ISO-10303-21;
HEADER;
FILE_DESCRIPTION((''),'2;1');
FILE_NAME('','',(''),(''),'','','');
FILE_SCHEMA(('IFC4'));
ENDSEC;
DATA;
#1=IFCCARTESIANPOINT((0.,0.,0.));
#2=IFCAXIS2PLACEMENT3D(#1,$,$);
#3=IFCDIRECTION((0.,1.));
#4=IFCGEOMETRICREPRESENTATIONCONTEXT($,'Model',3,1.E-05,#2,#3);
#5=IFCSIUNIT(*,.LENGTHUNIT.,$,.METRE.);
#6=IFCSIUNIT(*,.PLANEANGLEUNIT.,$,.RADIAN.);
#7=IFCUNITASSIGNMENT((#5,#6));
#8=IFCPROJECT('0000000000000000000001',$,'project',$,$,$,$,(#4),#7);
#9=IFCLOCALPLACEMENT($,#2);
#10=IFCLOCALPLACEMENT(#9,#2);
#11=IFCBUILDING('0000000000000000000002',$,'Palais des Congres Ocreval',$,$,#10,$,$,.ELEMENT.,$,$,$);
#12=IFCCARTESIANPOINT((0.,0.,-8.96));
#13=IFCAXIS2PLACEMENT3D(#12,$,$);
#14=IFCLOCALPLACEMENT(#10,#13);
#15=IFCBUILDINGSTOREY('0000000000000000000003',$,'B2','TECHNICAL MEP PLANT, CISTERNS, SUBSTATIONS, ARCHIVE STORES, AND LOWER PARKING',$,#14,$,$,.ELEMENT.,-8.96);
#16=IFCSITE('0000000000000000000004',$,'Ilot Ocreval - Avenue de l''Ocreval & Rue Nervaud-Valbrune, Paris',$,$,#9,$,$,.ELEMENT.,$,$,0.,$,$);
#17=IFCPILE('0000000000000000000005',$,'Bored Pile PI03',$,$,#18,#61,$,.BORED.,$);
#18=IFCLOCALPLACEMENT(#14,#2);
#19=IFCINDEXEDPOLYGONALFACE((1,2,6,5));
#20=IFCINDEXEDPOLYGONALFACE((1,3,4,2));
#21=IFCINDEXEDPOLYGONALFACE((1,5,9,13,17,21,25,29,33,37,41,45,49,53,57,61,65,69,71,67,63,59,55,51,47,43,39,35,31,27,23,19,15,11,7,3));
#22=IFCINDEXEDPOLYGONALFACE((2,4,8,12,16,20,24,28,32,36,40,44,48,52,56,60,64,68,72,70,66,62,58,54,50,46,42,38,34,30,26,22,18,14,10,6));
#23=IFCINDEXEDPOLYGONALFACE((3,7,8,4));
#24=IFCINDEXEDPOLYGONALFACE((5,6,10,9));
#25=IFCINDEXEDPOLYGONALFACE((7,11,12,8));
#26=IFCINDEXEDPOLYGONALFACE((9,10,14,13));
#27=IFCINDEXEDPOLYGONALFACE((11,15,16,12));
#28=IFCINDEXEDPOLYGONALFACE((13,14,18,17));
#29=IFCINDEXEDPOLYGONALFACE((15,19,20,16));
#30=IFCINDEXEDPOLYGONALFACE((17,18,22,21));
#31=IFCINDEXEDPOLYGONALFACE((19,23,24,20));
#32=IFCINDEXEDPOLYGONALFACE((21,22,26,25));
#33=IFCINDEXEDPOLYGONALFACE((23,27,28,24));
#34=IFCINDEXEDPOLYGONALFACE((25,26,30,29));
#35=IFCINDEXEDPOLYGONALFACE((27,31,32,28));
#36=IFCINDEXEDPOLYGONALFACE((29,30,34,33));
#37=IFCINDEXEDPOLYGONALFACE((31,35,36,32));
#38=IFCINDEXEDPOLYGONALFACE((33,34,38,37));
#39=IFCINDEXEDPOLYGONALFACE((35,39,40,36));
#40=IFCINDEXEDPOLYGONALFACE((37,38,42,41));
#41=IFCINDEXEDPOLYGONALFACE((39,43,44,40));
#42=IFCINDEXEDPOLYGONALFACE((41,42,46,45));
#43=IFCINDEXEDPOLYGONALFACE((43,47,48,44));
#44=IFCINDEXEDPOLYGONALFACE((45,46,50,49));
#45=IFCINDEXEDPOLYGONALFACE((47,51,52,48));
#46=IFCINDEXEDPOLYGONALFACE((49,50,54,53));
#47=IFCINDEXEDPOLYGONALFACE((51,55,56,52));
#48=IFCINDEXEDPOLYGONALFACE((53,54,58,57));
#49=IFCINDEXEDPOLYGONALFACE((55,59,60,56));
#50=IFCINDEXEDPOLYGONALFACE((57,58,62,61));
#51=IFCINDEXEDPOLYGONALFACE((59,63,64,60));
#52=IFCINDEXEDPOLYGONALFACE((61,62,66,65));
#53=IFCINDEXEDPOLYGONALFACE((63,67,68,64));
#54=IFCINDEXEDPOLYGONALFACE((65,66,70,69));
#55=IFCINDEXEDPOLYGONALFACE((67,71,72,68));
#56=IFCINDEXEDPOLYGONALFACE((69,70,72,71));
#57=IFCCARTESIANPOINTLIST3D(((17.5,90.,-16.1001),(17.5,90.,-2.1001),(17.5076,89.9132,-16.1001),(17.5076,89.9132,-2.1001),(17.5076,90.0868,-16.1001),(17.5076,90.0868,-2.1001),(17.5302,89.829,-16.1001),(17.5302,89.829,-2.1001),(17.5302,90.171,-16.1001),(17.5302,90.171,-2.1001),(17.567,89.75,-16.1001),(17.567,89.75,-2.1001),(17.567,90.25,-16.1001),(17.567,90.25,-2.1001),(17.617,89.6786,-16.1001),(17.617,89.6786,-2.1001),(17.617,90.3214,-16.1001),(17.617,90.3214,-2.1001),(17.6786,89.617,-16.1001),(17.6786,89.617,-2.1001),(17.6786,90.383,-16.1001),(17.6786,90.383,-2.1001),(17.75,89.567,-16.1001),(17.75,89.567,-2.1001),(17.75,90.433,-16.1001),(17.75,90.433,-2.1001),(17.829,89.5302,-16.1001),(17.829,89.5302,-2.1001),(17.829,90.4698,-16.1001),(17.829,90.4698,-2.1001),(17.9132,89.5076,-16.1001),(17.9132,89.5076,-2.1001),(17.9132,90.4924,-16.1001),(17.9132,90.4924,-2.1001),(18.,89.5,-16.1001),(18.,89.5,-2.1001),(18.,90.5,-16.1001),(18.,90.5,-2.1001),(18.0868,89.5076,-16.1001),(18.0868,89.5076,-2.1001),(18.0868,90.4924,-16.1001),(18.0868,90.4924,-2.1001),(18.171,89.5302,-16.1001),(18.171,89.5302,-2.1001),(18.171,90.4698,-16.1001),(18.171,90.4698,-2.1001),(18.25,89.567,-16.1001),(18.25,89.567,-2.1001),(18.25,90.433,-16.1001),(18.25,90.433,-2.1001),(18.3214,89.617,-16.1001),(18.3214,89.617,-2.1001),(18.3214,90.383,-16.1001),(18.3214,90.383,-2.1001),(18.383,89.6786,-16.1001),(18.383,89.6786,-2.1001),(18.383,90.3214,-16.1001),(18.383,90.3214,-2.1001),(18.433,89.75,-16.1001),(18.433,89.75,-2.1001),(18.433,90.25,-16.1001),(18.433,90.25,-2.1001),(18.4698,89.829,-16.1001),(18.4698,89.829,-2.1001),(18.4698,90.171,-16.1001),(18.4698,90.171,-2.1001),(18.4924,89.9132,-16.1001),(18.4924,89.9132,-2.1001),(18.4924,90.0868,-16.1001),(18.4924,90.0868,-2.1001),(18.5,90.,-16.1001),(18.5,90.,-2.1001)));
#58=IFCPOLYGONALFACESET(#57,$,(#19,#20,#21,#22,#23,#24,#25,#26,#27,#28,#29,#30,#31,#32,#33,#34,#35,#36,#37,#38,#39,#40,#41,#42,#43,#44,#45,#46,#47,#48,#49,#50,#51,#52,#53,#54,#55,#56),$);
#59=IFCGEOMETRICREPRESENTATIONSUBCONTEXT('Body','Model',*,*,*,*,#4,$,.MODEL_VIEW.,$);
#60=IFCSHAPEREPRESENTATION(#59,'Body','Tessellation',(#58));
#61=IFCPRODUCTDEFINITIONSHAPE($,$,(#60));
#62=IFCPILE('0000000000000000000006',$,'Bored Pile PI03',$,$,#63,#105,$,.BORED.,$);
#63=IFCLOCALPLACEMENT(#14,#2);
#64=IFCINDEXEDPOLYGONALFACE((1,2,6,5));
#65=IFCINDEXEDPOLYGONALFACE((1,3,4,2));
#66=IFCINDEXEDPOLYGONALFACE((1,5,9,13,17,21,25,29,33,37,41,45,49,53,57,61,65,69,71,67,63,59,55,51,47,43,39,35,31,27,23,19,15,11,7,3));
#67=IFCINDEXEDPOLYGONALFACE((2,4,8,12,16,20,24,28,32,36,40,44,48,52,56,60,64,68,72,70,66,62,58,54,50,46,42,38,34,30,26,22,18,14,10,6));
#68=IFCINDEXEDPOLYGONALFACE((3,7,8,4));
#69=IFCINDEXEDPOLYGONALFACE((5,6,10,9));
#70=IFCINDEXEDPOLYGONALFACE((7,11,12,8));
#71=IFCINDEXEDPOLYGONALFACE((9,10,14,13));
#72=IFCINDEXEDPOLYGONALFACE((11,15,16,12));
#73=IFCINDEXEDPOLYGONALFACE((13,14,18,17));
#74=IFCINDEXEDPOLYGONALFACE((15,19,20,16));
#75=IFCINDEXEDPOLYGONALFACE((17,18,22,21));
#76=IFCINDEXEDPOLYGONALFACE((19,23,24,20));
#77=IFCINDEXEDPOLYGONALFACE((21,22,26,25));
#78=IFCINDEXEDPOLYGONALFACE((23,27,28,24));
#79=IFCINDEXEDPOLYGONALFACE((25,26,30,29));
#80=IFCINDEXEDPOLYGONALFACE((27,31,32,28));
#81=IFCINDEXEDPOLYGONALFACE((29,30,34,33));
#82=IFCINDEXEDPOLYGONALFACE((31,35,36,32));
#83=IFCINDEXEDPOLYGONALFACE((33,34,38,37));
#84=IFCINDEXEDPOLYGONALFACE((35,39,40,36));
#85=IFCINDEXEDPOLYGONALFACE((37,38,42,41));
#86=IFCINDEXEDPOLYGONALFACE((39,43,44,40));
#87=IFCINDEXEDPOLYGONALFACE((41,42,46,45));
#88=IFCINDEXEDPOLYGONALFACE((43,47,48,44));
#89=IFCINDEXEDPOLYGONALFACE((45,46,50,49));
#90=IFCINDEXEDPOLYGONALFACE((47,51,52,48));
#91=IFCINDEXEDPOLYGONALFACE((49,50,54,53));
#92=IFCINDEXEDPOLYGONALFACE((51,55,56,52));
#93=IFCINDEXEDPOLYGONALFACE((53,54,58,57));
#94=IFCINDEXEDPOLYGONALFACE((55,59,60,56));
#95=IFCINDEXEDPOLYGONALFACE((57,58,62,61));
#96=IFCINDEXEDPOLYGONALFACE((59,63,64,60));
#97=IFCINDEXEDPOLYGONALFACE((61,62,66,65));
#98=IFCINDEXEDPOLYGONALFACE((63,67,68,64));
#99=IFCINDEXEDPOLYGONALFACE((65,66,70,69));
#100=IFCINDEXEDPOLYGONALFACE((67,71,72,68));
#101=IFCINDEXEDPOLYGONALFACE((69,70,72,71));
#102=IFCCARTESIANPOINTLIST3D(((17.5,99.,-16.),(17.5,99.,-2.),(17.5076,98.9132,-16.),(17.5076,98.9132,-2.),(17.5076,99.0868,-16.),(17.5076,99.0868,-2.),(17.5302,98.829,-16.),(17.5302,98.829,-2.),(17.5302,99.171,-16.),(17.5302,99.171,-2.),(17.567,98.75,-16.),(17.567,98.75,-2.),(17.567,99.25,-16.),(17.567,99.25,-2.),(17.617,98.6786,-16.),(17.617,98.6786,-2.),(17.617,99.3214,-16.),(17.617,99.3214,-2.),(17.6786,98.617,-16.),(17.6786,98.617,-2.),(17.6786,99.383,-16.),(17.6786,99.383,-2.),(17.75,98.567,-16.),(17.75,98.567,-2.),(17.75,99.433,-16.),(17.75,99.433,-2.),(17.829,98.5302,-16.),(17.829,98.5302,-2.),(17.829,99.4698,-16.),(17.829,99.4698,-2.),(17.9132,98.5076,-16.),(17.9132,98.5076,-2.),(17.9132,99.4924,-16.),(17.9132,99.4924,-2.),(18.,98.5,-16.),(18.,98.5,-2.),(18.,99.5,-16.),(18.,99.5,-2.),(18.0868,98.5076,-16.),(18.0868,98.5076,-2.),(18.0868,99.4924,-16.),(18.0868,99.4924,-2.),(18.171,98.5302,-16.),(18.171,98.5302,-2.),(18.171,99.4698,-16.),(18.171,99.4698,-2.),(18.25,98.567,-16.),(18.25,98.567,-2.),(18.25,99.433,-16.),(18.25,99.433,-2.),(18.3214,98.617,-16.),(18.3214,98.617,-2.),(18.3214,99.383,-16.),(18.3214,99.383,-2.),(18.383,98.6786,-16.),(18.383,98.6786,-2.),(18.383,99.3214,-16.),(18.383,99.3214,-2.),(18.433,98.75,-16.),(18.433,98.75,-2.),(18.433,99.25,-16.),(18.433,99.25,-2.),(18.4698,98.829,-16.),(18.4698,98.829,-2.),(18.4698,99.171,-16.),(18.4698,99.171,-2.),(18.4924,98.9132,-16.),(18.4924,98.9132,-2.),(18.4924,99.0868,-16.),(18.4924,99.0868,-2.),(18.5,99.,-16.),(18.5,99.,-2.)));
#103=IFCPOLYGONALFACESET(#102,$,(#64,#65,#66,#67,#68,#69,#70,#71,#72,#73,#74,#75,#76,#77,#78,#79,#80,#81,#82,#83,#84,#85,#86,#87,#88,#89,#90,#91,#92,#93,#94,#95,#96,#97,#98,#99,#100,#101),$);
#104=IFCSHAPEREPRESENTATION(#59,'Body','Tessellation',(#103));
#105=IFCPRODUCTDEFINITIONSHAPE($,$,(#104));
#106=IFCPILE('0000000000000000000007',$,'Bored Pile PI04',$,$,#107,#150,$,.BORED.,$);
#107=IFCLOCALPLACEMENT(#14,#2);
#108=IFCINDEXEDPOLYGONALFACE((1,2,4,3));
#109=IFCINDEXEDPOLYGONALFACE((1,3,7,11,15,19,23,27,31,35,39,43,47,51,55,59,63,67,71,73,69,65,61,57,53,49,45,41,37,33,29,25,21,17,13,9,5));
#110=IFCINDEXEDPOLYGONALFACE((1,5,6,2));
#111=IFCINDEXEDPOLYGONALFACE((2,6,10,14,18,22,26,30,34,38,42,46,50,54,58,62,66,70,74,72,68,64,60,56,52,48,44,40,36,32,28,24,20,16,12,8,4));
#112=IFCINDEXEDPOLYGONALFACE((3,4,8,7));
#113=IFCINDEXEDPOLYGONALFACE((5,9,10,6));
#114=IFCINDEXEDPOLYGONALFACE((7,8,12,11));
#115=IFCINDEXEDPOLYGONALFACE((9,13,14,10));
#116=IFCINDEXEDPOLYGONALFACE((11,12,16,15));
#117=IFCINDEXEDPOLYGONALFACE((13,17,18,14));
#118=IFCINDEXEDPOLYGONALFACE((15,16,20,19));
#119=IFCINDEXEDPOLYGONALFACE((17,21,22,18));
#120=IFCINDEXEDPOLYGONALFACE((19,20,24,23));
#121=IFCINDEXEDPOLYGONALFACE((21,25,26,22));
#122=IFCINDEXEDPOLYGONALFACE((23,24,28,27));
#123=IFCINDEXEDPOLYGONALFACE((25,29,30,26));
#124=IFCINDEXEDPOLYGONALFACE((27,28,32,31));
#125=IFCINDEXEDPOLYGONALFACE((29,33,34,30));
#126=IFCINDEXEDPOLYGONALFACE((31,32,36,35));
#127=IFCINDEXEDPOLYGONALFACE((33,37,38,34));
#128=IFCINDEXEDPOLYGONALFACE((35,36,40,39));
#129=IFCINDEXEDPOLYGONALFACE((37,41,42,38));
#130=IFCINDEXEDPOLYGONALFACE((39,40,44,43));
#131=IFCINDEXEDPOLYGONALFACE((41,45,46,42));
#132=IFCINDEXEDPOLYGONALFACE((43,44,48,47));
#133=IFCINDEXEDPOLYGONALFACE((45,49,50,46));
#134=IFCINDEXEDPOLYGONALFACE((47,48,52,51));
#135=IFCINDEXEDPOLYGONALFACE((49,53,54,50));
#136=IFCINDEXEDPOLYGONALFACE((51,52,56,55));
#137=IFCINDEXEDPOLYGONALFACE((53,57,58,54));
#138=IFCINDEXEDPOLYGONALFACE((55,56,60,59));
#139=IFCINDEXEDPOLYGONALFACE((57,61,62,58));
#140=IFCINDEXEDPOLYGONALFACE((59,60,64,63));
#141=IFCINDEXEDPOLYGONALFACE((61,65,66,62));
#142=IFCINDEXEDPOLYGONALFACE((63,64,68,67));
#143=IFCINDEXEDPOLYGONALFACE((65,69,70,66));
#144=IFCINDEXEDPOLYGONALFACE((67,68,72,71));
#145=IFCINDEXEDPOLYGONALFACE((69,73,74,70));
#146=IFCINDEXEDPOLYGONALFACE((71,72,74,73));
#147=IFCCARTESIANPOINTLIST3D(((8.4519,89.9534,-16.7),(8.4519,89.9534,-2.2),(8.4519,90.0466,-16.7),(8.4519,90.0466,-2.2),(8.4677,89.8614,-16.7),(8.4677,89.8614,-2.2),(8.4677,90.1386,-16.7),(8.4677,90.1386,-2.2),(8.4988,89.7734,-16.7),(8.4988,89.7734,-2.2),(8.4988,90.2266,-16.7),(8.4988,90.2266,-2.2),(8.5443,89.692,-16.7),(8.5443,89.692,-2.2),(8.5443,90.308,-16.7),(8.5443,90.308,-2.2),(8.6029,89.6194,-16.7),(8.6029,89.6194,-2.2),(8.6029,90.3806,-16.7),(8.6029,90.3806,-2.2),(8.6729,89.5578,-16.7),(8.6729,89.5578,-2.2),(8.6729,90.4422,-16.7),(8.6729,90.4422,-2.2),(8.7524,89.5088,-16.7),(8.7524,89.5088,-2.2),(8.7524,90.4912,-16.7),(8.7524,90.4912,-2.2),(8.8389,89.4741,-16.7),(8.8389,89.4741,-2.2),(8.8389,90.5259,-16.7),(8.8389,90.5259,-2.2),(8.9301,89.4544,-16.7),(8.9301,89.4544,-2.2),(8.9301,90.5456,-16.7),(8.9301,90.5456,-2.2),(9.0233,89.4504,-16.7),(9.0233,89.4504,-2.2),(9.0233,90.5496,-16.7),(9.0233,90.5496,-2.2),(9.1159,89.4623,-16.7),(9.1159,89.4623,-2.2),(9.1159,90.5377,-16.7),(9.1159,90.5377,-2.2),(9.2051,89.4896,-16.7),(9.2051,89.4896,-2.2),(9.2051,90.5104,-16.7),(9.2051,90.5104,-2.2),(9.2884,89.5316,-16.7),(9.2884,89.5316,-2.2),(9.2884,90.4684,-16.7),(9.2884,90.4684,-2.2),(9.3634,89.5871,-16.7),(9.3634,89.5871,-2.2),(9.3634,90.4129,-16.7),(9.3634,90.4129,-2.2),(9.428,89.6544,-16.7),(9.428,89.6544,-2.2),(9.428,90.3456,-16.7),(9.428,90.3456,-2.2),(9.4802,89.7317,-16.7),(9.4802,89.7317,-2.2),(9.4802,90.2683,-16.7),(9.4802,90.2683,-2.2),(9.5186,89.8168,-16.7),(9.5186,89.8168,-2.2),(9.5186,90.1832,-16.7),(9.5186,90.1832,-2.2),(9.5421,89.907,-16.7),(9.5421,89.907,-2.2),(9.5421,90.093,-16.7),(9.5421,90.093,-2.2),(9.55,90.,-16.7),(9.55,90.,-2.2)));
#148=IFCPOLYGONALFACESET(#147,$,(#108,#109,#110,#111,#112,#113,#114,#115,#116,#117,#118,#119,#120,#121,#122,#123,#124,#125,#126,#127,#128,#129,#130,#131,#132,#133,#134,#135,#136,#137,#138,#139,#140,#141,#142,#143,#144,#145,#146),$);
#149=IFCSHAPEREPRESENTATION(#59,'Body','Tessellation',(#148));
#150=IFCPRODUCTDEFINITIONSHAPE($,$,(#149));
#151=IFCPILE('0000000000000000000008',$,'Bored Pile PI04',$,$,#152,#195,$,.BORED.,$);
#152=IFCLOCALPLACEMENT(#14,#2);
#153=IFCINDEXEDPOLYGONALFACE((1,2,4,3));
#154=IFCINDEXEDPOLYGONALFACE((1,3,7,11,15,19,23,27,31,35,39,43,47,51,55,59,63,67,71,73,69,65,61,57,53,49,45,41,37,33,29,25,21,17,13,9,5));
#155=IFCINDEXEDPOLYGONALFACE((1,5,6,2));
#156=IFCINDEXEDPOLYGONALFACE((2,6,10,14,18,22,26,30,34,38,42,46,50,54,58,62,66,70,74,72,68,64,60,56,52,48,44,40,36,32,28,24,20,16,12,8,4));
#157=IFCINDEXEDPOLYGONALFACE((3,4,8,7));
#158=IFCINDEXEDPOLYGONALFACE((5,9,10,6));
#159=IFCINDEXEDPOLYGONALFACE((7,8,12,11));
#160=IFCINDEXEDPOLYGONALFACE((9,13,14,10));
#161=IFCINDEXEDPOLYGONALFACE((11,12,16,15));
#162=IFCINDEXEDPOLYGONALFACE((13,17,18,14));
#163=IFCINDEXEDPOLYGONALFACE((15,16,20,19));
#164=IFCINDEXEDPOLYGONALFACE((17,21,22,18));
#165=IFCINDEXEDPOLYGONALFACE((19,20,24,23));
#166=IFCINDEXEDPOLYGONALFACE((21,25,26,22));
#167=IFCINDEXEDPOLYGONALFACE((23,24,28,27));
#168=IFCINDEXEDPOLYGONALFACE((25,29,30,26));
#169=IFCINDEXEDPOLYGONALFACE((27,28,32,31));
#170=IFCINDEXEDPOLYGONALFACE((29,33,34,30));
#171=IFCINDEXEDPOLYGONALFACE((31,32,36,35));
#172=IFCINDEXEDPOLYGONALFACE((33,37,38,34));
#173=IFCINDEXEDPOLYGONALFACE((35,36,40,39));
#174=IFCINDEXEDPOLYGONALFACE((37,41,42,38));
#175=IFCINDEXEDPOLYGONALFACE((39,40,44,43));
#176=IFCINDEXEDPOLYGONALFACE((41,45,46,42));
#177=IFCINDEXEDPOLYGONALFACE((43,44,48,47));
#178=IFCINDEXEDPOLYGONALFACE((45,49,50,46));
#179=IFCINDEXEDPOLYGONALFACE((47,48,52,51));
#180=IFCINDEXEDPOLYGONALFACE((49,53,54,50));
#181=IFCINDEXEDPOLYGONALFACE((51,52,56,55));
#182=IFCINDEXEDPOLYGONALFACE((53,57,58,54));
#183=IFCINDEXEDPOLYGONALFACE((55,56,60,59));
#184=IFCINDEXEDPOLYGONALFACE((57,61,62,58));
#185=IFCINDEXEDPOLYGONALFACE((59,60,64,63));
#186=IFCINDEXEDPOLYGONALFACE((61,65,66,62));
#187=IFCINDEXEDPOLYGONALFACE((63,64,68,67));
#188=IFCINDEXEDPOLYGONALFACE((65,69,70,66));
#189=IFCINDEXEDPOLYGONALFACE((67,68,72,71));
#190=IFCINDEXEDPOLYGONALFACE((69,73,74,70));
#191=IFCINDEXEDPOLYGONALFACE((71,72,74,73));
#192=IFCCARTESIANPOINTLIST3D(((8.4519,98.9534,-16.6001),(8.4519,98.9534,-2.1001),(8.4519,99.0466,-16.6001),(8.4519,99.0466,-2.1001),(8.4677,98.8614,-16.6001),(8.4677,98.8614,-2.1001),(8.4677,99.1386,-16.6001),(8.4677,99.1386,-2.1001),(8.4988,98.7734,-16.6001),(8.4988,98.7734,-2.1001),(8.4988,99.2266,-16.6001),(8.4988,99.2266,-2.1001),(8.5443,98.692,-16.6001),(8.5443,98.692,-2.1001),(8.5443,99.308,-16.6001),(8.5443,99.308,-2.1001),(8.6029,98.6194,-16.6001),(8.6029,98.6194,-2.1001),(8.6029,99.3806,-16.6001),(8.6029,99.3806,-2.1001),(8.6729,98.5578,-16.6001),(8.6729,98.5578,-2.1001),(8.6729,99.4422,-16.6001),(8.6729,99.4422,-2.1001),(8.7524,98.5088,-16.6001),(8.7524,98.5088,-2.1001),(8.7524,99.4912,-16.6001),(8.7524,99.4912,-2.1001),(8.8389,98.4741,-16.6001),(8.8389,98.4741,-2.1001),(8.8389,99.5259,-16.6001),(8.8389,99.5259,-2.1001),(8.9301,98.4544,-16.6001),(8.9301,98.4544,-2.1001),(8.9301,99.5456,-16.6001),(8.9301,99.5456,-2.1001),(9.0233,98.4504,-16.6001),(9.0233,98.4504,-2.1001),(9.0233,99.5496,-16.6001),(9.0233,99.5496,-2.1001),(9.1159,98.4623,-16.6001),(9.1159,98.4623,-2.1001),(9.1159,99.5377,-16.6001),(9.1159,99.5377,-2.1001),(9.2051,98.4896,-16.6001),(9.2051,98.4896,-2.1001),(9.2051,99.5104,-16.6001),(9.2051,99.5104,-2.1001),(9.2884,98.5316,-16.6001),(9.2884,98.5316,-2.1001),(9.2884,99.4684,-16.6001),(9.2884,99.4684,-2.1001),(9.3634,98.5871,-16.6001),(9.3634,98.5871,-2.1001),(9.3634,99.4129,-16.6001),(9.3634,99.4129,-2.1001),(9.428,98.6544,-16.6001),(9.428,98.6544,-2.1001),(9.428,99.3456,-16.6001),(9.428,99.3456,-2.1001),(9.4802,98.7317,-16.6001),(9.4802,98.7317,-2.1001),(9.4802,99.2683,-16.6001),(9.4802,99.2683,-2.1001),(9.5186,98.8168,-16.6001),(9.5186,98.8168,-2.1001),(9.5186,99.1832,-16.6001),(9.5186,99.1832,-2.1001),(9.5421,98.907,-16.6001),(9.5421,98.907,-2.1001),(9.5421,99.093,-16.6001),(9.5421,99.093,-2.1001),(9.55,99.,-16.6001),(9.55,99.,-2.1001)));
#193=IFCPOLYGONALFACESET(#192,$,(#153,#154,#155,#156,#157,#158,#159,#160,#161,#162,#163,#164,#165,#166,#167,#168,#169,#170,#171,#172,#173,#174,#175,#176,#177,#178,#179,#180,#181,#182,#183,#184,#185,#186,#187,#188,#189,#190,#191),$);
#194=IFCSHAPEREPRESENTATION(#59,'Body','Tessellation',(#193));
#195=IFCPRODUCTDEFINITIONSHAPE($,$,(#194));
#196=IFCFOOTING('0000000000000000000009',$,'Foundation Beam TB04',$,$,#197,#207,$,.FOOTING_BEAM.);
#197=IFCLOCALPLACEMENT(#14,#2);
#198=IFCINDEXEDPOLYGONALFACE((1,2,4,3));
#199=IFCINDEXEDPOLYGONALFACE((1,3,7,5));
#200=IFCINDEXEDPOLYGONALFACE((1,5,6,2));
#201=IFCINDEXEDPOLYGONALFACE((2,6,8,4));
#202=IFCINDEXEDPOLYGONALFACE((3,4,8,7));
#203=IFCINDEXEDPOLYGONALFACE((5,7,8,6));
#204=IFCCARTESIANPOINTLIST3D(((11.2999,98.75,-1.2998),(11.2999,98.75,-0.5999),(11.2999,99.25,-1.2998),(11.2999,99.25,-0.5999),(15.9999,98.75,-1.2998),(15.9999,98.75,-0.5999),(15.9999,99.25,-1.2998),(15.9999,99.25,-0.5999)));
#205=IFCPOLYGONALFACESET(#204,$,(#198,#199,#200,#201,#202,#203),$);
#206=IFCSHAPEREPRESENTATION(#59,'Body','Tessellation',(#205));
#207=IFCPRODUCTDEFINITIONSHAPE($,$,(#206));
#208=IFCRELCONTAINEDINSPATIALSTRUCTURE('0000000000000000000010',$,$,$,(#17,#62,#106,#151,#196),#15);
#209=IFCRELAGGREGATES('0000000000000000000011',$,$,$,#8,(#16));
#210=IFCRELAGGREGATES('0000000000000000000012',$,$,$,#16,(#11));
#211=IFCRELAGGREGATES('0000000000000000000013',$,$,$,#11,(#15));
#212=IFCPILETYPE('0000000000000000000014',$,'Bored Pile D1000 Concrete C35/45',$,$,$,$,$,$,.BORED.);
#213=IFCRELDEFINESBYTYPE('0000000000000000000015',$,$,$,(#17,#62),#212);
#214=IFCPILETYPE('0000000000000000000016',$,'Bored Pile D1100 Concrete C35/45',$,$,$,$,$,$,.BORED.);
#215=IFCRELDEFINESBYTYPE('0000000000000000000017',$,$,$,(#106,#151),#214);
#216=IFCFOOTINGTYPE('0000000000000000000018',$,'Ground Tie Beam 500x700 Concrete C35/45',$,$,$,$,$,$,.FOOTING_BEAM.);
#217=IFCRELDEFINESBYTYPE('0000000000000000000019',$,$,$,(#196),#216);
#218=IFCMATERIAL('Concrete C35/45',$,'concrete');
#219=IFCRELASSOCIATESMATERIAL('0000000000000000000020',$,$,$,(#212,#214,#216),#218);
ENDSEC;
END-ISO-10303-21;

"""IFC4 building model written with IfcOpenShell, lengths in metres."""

from ifc_helpers import new_model, si_unit, direction, frame, origin, origin_2d, place, context, subcontext, project, spatial, rectangle, circle, extrude, material, material_profile, profile_set, type_object, element, save


model = new_model("IFC4")

# Units and contexts
model_context = context("Model", 3, precision=1e-05, world=origin(), true_north=direction((0.0, 1.0)))
body_context = subcontext(model_context, "Body", "Model", "MODEL_VIEW")
ifc_project = project(units=[si_unit("LENGTHUNIT", "METRE"), si_unit("PLANEANGLEUNIT", "RADIAN")], contexts=[model_context])

# Site, building, storey
site_placement = place(None, origin())
site = spatial("IfcSite", under=ifc_project, at=site_placement, Name="Ilot Ocreval - Avenue de l'Ocreval & Rue Nervaud-Valbrune, Paris", CompositionType="ELEMENT", RefElevation=0.0)
building_placement = place(site_placement, origin())
building = spatial("IfcBuilding", under=site, at=building_placement, Name="Palais des Congres Ocreval", CompositionType="ELEMENT")
storey_placement = place(building_placement, frame((0.0, 0.0, -8.96)))
storey = spatial("IfcBuildingStorey", under=building, at=storey_placement, Name="B2", Description="TECHNICAL MEP PLANT, CISTERNS, SUBSTATIONS, ARCHIVE STORES, AND LOWER PARKING", CompositionType="ELEMENT", Elevation=-8.96)

# Piles
ifc_material_1 = material(Name="Concrete C35/45", Category="concrete")
ifc_material_profile_1 = material_profile(ifc_material_1, circle(Radius=0.5, at=origin_2d()), Name="BORED PILE 1000")
ifc_profile_set_1 = profile_set([ifc_material_profile_1], Name="Concrete C35/45")
pile_type_1 = type_object("IfcPileType", Name="Bored Pile D1000 Concrete C35/45", PredefinedType="BORED", material=ifc_profile_set_1)
for number, where, z_axis, x_axis, name in (
    (1, (18.0, 90.0, -2.1001), (0.0, 0.0, -1.0), (1.0, 0.0, 0.0), "Bored Pile PI03"),
    (2, (18.0, 99.0, -2.0), (0.0, 0.0, -1.0), (1.0, 0.0, 0.0), "Bored Pile PI03"),
):
    element("IfcPile", number, at=place(storey_placement, frame(where, z_axis=z_axis, x_axis=x_axis)), inside=storey, type_object=pile_type_1, Name=name, PredefinedType="BORED", context=body_context, shape_type="SweptSolid", body=[
        extrude(circle(Radius=0.5, at=origin_2d()), origin(), (0.0, 0.0, 1.0), 14.0),
    ])
ifc_material_profile_2 = material_profile(ifc_material_1, circle(Radius=0.55, at=origin_2d()), Name="BORED PILE 1100")
ifc_profile_set_2 = profile_set([ifc_material_profile_2], Name="Concrete C35/45")
pile_type_2 = type_object("IfcPileType", Name="Bored Pile D1100 Concrete C35/45", PredefinedType="BORED", material=ifc_profile_set_2)
for number, where, z_axis, x_axis, name in (
    (3, (9.0, 90.0, -2.2), (0.0, 0.0, -1.0), (1.0, 0.0, 0.0), "Bored Pile PI04"),
    (4, (9.0, 99.0, -2.1001), (0.0, 0.0, -1.0), (1.0, 0.0, 0.0), "Bored Pile PI04"),
):
    element("IfcPile", number, at=place(storey_placement, frame(where, z_axis=z_axis, x_axis=x_axis)), inside=storey, type_object=pile_type_2, Name=name, PredefinedType="BORED", context=body_context, shape_type="SweptSolid", body=[
        extrude(circle(Radius=0.55, at=origin_2d()), origin(), (0.0, 0.0, 1.0), 14.5),
    ])

# Footing
footing_type_1 = type_object("IfcFootingType", Name="Ground Tie Beam 500x700 Concrete C35/45", PredefinedType="FOOTING_BEAM", material=ifc_material_1)
footing_1_placement = place(storey_placement, frame((13.6499, 99.0, -1.2998), z_axis=(0.0, 0.0, 1.0), x_axis=(1.0, 0.0, 0.0)))
element("IfcFooting", 5, at=footing_1_placement, inside=storey, type_object=footing_type_1, Name="Foundation Beam TB04", PredefinedType="FOOTING_BEAM", context=body_context, shape_type="SweptSolid", body=[
    extrude(rectangle(XDim=4.7, YDim=0.5, at=origin_2d()), origin(), (0.0, 0.0, 1.0), 0.7),
])

save(model, "model.ifc")
